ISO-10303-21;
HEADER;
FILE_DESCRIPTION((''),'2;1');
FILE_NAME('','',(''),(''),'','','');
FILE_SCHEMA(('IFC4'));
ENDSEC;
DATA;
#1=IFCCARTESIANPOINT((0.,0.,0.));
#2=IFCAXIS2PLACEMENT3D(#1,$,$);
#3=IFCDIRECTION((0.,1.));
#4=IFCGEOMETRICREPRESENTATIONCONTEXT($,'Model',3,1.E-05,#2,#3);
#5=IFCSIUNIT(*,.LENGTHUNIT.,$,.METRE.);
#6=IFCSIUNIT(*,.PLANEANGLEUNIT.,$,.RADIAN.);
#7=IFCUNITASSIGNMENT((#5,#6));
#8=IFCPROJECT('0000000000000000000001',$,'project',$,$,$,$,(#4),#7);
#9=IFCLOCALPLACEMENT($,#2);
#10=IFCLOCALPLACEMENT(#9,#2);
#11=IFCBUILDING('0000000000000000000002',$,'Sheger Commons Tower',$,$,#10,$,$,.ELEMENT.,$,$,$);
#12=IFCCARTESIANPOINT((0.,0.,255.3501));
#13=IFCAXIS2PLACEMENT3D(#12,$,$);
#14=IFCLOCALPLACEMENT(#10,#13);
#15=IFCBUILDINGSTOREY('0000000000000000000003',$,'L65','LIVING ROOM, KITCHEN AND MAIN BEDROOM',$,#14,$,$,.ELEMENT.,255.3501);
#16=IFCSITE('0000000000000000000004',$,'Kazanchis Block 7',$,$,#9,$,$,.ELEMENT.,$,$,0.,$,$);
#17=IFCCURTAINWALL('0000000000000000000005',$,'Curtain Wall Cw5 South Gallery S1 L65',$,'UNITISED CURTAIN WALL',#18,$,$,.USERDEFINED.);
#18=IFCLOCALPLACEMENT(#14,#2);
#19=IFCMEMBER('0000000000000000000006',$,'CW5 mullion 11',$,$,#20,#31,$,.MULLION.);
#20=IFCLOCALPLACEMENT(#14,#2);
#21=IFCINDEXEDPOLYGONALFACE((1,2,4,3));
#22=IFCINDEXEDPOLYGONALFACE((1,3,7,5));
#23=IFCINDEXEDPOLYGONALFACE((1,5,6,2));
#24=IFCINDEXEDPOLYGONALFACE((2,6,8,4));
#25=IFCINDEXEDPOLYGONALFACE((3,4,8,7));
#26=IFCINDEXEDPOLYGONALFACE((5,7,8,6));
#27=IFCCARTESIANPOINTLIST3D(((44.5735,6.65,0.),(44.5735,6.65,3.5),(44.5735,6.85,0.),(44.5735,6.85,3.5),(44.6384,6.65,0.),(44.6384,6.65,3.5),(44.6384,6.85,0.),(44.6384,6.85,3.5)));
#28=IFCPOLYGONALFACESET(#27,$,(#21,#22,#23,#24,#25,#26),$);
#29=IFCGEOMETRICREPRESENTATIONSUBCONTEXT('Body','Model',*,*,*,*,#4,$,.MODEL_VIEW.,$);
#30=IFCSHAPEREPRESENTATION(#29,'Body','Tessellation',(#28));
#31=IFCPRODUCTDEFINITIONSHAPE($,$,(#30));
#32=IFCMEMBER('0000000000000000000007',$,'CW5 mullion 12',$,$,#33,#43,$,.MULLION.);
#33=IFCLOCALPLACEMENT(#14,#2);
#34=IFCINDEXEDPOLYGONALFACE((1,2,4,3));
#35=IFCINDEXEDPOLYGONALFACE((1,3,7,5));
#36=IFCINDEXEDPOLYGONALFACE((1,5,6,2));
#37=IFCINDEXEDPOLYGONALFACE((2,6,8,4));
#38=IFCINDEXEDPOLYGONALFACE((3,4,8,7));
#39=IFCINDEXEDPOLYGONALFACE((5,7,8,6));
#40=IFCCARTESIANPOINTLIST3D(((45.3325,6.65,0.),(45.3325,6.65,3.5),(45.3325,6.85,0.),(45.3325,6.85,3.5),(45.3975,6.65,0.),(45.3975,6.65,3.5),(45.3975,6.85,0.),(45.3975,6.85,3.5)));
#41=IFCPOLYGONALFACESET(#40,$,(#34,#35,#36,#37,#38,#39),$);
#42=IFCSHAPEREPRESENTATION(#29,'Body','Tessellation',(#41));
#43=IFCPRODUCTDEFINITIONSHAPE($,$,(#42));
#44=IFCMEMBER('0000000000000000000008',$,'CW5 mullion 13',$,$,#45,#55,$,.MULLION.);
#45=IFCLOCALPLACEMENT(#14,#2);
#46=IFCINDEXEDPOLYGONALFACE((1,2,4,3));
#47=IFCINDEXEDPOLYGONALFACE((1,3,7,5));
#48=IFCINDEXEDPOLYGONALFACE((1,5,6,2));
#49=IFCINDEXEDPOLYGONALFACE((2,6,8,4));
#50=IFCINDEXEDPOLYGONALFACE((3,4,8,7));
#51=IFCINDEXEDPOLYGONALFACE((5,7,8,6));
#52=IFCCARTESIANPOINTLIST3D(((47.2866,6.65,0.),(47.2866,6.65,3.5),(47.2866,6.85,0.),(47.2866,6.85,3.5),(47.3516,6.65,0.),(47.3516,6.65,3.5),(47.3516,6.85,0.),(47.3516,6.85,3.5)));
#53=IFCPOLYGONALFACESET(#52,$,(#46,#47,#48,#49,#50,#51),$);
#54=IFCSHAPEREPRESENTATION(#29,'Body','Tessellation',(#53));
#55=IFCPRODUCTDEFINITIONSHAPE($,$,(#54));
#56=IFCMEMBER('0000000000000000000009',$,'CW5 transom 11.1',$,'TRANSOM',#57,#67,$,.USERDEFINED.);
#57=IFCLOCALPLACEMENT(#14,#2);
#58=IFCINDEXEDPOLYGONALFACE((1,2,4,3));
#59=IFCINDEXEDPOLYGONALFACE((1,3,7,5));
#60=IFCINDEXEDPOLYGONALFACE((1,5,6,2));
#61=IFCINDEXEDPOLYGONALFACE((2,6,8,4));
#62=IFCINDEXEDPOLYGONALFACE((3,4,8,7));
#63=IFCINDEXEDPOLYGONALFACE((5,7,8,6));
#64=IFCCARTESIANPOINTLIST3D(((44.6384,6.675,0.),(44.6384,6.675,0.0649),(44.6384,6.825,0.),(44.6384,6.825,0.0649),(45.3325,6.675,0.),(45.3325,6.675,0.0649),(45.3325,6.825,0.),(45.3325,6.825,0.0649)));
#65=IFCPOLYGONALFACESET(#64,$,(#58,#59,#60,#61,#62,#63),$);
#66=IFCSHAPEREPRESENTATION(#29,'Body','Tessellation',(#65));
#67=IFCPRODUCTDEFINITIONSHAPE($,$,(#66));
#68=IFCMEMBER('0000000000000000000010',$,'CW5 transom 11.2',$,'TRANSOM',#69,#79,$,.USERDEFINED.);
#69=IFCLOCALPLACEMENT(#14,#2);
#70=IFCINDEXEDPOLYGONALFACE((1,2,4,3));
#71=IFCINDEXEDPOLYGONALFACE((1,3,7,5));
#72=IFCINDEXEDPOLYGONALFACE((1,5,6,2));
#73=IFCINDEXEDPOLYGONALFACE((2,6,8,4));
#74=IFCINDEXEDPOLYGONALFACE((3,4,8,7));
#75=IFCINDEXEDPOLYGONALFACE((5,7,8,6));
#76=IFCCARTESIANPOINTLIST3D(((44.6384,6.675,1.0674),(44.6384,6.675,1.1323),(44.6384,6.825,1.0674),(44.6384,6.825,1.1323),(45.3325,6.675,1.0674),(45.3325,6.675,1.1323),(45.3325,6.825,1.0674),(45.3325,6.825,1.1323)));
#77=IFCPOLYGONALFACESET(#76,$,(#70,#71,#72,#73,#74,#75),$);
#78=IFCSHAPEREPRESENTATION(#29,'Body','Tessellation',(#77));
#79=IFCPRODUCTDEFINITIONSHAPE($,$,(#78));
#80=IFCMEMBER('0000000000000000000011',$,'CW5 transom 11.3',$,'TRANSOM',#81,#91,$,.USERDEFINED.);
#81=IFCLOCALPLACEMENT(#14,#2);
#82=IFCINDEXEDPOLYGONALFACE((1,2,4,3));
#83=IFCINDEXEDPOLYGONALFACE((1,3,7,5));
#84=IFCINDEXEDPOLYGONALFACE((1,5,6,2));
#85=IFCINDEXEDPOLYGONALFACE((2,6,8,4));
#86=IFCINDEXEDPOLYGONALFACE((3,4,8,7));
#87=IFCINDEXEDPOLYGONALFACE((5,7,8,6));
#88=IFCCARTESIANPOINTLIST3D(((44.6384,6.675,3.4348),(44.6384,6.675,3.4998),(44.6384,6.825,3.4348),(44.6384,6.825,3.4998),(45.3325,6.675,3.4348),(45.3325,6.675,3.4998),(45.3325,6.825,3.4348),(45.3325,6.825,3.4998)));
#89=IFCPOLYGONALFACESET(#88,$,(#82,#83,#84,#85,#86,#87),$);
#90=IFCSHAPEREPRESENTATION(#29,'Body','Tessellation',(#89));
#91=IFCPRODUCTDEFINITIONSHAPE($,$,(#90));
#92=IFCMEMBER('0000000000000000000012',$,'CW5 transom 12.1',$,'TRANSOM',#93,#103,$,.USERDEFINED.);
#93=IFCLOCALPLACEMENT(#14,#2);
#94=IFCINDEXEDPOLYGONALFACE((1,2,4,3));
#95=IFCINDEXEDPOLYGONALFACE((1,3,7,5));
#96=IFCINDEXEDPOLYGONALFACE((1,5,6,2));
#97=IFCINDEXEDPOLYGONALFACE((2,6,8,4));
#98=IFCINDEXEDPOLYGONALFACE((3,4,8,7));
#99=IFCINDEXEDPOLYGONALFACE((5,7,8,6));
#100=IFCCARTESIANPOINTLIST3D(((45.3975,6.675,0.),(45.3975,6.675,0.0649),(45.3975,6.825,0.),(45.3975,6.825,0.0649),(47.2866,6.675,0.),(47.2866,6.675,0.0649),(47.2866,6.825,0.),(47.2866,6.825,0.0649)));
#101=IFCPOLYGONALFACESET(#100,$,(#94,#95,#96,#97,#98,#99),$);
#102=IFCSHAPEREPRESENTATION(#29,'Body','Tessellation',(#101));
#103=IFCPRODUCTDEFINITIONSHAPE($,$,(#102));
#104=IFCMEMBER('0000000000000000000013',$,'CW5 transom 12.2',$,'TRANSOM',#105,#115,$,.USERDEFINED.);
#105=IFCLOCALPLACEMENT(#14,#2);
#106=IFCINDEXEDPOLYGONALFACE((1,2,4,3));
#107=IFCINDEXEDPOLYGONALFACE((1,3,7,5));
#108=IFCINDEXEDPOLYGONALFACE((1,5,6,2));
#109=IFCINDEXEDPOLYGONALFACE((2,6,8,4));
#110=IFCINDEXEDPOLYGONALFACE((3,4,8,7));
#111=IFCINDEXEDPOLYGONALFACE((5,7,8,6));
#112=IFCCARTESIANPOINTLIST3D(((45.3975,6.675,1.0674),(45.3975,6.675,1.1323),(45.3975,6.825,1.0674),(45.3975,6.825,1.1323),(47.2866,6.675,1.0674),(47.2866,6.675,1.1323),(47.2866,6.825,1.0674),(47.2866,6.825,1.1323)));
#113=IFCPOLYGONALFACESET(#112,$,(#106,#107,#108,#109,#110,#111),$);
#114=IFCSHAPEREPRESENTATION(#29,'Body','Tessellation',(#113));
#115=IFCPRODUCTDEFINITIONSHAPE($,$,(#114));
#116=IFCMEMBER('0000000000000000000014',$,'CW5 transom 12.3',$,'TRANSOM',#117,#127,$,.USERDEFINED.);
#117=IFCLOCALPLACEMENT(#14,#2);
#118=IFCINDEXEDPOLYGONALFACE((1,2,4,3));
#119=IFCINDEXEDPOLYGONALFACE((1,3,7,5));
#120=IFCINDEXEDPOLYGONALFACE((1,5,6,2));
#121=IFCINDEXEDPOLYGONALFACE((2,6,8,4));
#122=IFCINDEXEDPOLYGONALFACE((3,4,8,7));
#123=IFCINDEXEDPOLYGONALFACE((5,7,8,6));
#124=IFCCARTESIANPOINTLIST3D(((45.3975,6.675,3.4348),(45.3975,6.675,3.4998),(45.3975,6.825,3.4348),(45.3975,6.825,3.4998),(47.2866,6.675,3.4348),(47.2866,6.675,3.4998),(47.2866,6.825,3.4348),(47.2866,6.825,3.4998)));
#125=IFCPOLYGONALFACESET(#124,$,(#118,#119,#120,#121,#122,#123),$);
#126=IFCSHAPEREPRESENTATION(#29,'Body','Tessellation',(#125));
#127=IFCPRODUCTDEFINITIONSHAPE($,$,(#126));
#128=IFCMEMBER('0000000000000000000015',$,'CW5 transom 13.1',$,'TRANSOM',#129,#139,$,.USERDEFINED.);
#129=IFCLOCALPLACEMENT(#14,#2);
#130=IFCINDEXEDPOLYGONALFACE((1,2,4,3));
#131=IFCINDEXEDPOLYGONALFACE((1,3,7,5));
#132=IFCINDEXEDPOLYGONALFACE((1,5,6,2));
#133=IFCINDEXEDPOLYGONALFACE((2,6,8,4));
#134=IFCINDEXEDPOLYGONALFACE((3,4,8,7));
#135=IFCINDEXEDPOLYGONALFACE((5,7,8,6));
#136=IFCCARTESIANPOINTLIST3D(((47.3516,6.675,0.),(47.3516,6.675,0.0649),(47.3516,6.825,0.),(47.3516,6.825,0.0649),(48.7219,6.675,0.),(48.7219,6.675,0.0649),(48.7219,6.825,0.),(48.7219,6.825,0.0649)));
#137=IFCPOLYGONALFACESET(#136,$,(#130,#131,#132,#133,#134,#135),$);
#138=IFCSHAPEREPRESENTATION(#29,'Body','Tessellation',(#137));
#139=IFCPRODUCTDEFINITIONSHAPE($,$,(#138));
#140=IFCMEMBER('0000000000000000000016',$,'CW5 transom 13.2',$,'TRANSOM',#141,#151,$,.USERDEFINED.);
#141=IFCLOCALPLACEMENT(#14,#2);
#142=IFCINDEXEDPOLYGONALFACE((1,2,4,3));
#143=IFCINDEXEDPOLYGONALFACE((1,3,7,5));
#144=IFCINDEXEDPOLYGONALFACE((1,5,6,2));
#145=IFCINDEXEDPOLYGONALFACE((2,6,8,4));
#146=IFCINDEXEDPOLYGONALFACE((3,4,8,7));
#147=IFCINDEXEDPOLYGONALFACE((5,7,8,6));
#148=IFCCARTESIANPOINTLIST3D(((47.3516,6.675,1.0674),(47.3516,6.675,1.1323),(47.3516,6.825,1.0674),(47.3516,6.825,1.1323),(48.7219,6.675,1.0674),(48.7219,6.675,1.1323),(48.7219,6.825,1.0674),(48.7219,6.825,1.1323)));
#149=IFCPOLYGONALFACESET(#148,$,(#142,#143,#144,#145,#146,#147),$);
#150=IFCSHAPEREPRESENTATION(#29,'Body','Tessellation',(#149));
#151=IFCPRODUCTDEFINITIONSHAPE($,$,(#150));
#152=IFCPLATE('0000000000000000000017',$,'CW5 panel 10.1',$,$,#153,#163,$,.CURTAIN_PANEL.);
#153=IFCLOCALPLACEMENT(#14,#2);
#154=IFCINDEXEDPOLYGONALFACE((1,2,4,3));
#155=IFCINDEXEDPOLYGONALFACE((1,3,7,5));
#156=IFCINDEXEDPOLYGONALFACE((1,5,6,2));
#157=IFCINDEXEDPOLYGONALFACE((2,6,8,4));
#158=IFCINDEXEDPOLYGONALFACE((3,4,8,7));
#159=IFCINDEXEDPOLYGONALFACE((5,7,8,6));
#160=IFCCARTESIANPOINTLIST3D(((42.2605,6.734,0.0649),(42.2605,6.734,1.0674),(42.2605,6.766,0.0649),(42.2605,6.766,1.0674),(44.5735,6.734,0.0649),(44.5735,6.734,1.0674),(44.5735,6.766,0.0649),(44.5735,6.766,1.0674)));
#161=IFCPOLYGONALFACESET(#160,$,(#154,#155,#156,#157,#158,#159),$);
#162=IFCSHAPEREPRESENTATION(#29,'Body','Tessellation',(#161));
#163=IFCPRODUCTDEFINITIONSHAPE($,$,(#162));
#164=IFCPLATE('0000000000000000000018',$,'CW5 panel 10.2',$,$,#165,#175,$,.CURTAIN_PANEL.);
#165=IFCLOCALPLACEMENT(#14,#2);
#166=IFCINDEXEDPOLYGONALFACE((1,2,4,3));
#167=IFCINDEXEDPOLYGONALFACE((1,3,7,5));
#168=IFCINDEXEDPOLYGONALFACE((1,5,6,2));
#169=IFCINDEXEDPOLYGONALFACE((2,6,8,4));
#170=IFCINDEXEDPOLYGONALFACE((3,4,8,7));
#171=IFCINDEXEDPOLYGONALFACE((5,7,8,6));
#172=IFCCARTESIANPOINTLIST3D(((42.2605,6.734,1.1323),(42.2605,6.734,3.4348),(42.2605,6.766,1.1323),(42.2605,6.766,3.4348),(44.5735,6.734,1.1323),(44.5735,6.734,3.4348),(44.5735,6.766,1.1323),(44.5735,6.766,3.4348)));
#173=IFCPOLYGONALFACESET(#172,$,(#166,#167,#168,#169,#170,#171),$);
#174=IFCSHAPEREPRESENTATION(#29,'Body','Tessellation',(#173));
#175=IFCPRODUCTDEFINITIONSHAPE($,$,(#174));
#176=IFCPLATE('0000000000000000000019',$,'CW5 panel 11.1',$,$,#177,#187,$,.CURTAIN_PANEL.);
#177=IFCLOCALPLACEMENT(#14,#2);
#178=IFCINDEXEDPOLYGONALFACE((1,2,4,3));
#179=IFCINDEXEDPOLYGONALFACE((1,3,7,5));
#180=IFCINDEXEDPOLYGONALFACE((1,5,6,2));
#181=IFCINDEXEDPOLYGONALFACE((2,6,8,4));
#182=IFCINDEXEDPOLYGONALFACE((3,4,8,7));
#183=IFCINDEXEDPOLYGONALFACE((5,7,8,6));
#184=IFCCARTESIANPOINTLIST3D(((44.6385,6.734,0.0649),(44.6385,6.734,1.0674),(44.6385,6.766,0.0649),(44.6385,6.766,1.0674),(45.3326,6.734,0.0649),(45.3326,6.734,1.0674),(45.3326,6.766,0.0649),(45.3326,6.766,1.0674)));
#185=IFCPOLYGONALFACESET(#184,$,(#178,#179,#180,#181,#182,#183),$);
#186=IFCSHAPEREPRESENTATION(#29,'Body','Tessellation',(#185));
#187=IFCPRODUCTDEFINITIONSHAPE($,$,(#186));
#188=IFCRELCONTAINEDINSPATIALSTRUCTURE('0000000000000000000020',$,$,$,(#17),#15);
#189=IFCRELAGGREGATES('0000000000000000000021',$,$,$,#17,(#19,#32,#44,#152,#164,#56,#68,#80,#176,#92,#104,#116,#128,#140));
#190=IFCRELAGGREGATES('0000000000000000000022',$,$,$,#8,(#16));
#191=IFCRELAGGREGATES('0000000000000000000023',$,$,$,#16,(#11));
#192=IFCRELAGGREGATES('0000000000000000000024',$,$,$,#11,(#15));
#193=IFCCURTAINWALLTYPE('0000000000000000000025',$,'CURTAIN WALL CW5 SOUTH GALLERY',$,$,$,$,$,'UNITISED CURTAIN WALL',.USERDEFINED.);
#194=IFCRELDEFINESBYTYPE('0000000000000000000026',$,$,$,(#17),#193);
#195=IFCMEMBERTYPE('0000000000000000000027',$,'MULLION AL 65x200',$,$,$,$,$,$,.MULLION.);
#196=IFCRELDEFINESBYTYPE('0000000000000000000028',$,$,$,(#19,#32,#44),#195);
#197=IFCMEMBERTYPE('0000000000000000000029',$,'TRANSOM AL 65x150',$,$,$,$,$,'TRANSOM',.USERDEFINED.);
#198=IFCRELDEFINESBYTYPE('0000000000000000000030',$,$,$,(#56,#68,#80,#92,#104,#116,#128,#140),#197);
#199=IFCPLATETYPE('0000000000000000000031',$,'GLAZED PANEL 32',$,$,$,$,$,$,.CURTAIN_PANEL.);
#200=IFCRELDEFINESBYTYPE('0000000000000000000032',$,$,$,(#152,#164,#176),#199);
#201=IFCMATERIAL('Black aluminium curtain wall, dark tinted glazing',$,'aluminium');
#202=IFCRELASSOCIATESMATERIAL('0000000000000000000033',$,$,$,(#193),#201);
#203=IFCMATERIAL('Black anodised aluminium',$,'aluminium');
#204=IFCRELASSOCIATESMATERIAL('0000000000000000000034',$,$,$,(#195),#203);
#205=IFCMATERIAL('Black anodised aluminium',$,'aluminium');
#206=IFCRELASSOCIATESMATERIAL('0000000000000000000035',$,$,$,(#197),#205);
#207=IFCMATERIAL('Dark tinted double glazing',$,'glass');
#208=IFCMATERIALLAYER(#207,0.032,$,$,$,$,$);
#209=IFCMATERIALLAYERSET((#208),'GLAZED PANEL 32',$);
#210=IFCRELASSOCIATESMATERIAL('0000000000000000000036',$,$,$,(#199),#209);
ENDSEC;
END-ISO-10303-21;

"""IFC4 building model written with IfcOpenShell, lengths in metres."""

from ifc_helpers import new_model, si_unit, direction, frame, origin, origin_2d, place, context, subcontext, project, spatial, rectangle, extrude, material, layer, layer_set, material_profile, profile_set, type_object, element, aggregate, save


model = new_model("IFC4")

# Units and contexts
model_context = context("Model", 3, precision=1e-05, world=origin(), true_north=direction((0.0, 1.0)))
body_context = subcontext(model_context, "Body", "Model", "MODEL_VIEW")
ifc_project = project(units=[si_unit("LENGTHUNIT", "METRE"), si_unit("PLANEANGLEUNIT", "RADIAN")], contexts=[model_context])

# Site, building, storey
site_placement = place(None, origin())
site = spatial("IfcSite", under=ifc_project, at=site_placement, Name="Kazanchis Block 7", CompositionType="ELEMENT", RefElevation=0.0)
building_placement = place(site_placement, origin())
building = spatial("IfcBuilding", under=site, at=building_placement, Name="Sheger Commons Tower", CompositionType="ELEMENT")
storey_placement = place(building_placement, frame((0.0, 0.0, 255.3501)))
storey = spatial("IfcBuildingStorey", under=building, at=storey_placement, Name="L65", Description="LIVING ROOM, KITCHEN AND MAIN BEDROOM", CompositionType="ELEMENT", Elevation=255.3501)

# Curtain wall, members, plates
ifc_material_1 = material(Name="Black aluminium curtain wall, dark tinted glazing", Category="aluminium")
curtain_wall_type = type_object("IfcCurtainWallType", Name="CURTAIN WALL CW5 SOUTH GALLERY", ElementType="UNITISED CURTAIN WALL", PredefinedType="USERDEFINED", material=ifc_material_1)
curtain_wall_placement = place(storey_placement, origin())
curtain_wall = element("IfcCurtainWall", 1, at=curtain_wall_placement, inside=storey, type_object=curtain_wall_type, Name="Curtain Wall Cw5 South Gallery S1 L65", ObjectType="UNITISED CURTAIN WALL", PredefinedType="USERDEFINED")
ifc_material_2 = material(Name="Black anodised aluminium", Category="aluminium")
ifc_material_profile_1 = material_profile(ifc_material_2, rectangle(XDim=0.2, YDim=0.0649, at=origin_2d()), Name="AL 65x200")
ifc_profile_set_1 = profile_set([ifc_material_profile_1], Name="Black anodised aluminium")
member_type_1 = type_object("IfcMemberType", Name="MULLION AL 65x200", PredefinedType="MULLION", material=ifc_profile_set_1)
member_1_placement = place(storey_placement, frame((44.606, 6.75, 0.0), z_axis=(0.0, 0.0, 1.0), x_axis=(0.0, 1.0, 0.0)))
member_1 = element("IfcMember", 2, at=member_1_placement, type_object=member_type_1, Name="CW5 mullion 11", PredefinedType="MULLION", context=body_context, shape_type="SweptSolid", body=[
    extrude(rectangle(XDim=0.2, YDim=0.0649, at=origin_2d()), origin(), (0.0, 0.0, 1.0), 3.5),
])
member_2_placement = place(storey_placement, frame((45.365, 6.75, 0.0), z_axis=(0.0, 0.0, 1.0), x_axis=(0.0, 1.0, 0.0)))
member_2 = element("IfcMember", 3, at=member_2_placement, type_object=member_type_1, Name="CW5 mullion 12", PredefinedType="MULLION", context=body_context, shape_type="SweptSolid", body=[
    extrude(rectangle(XDim=0.2, YDim=0.0649, at=origin_2d()), origin(), (0.0, 0.0, 1.0), 3.5),
])
member_3_placement = place(storey_placement, frame((47.3191, 6.75, 0.0), z_axis=(0.0, 0.0, 1.0), x_axis=(0.0, 1.0, 0.0)))
member_3 = element("IfcMember", 4, at=member_3_placement, type_object=member_type_1, Name="CW5 mullion 13", PredefinedType="MULLION", context=body_context, shape_type="SweptSolid", body=[
    extrude(rectangle(XDim=0.2, YDim=0.0649, at=origin_2d()), origin(), (0.0, 0.0, 1.0), 3.5),
])
ifc_material_3 = material(Name="Black anodised aluminium", Category="aluminium")
ifc_material_profile_2 = material_profile(ifc_material_3, rectangle(XDim=0.1499, YDim=0.0649, at=origin_2d()), Name="AL 65x150")
ifc_profile_set_2 = profile_set([ifc_material_profile_2], Name="Black anodised aluminium")
member_type_2 = type_object("IfcMemberType", Name="TRANSOM AL 65x150", ElementType="TRANSOM", PredefinedType="USERDEFINED", material=ifc_profile_set_2)
member_4_placement = place(storey_placement, frame((44.6384, 6.75, 0.0325), z_axis=(1.0, 0.0, 0.0), x_axis=(0.0, 1.0, 0.0)))
member_4 = element("IfcMember", 5, at=member_4_placement, type_object=member_type_2, Name="CW5 transom 11.1", ObjectType="TRANSOM", PredefinedType="USERDEFINED", context=body_context, shape_type="SweptSolid", body=[
    extrude(rectangle(XDim=0.1499, YDim=0.0649, at=origin_2d()), origin(), (0.0, 0.0, 1.0), 0.6941),
])
member_5_placement = place(storey_placement, frame((44.6384, 6.75, 1.0999), z_axis=(1.0, 0.0, 0.0), x_axis=(0.0, 1.0, 0.0)))
member_5 = element("IfcMember", 6, at=member_5_placement, type_object=member_type_2, Name="CW5 transom 11.2", ObjectType="TRANSOM", PredefinedType="USERDEFINED", context=body_context, shape_type="SweptSolid", body=[
    extrude(rectangle(XDim=0.1499, YDim=0.0649, at=origin_2d()), origin(), (0.0, 0.0, 1.0), 0.6941),
])
member_6_placement = place(storey_placement, frame((44.6384, 6.75, 3.4673), z_axis=(1.0, 0.0, 0.0), x_axis=(0.0, 1.0, 0.0)))
member_6 = element("IfcMember", 7, at=member_6_placement, type_object=member_type_2, Name="CW5 transom 11.3", ObjectType="TRANSOM", PredefinedType="USERDEFINED", context=body_context, shape_type="SweptSolid", body=[
    extrude(rectangle(XDim=0.1499, YDim=0.0649, at=origin_2d()), origin(), (0.0, 0.0, 1.0), 0.6941),
])
member_7_placement = place(storey_placement, frame((45.3975, 6.75, 0.0325), z_axis=(1.0, 0.0, 0.0), x_axis=(0.0, 1.0, 0.0)))
member_7 = element("IfcMember", 8, at=member_7_placement, type_object=member_type_2, Name="CW5 transom 12.1", ObjectType="TRANSOM", PredefinedType="USERDEFINED", context=body_context, shape_type="SweptSolid", body=[
    extrude(rectangle(XDim=0.1499, YDim=0.0649, at=origin_2d()), origin(), (0.0, 0.0, 1.0), 1.8892),
])
member_8_placement = place(storey_placement, frame((45.3975, 6.75, 1.0999), z_axis=(1.0, 0.0, 0.0), x_axis=(0.0, 1.0, 0.0)))
member_8 = element("IfcMember", 9, at=member_8_placement, type_object=member_type_2, Name="CW5 transom 12.2", ObjectType="TRANSOM", PredefinedType="USERDEFINED", context=body_context, shape_type="SweptSolid", body=[
    extrude(rectangle(XDim=0.1499, YDim=0.0649, at=origin_2d()), origin(), (0.0, 0.0, 1.0), 1.8892),
])
member_9_placement = place(storey_placement, frame((45.3975, 6.75, 3.4673), z_axis=(1.0, 0.0, 0.0), x_axis=(0.0, 1.0, 0.0)))
member_9 = element("IfcMember", 10, at=member_9_placement, type_object=member_type_2, Name="CW5 transom 12.3", ObjectType="TRANSOM", PredefinedType="USERDEFINED", context=body_context, shape_type="SweptSolid", body=[
    extrude(rectangle(XDim=0.1499, YDim=0.0649, at=origin_2d()), origin(), (0.0, 0.0, 1.0), 1.8892),
])
member_10_placement = place(storey_placement, frame((47.3516, 6.75, 0.0325), z_axis=(1.0, 0.0, 0.0), x_axis=(0.0, 1.0, 0.0)))
member_10 = element("IfcMember", 11, at=member_10_placement, type_object=member_type_2, Name="CW5 transom 13.1", ObjectType="TRANSOM", PredefinedType="USERDEFINED", context=body_context, shape_type="SweptSolid", body=[
    extrude(rectangle(XDim=0.1499, YDim=0.0649, at=origin_2d()), origin(), (0.0, 0.0, 1.0), 1.3704),
])
member_11_placement = place(storey_placement, frame((47.3516, 6.75, 1.0999), z_axis=(1.0, 0.0, 0.0), x_axis=(0.0, 1.0, 0.0)))
member_11 = element("IfcMember", 12, at=member_11_placement, type_object=member_type_2, Name="CW5 transom 13.2", ObjectType="TRANSOM", PredefinedType="USERDEFINED", context=body_context, shape_type="SweptSolid", body=[
    extrude(rectangle(XDim=0.1499, YDim=0.0649, at=origin_2d()), origin(), (0.0, 0.0, 1.0), 1.3704),
])
ifc_material_4 = material(Name="Dark tinted double glazing", Category="glass")
ifc_layer_1 = layer(ifc_material_4, 0.032)
ifc_layer_set_1 = layer_set([ifc_layer_1], Name="GLAZED PANEL 32")
plate_type_1 = type_object("IfcPlateType", Name="GLAZED PANEL 32", PredefinedType="CURTAIN_PANEL", material=ifc_layer_set_1)
plate_1_placement = place(storey_placement, frame((43.417, 6.75, 0.0649), z_axis=(0.0, 0.0, 1.0), x_axis=(1.0, 0.0, 0.0)))
plate_1 = element("IfcPlate", 13, at=plate_1_placement, type_object=plate_type_1, Name="CW5 panel 10.1", PredefinedType="CURTAIN_PANEL", context=body_context, shape_type="SweptSolid", body=[
    extrude(rectangle(XDim=2.313, YDim=0.032, at=origin_2d()), origin(), (0.0, 0.0, 1.0), 1.0024),
])
plate_2_placement = place(storey_placement, frame((43.417, 6.75, 1.1323), z_axis=(0.0, 0.0, 1.0), x_axis=(1.0, 0.0, 0.0)))
plate_2 = element("IfcPlate", 14, at=plate_2_placement, type_object=plate_type_1, Name="CW5 panel 10.2", PredefinedType="CURTAIN_PANEL", context=body_context, shape_type="SweptSolid", body=[
    extrude(rectangle(XDim=2.313, YDim=0.032, at=origin_2d()), origin(), (0.0, 0.0, 1.0), 2.3025),
])
plate_3_placement = place(storey_placement, frame((44.9856, 6.75, 0.0649), z_axis=(0.0, 0.0, 1.0), x_axis=(1.0, 0.0, 0.0)))
plate_3 = element("IfcPlate", 15, at=plate_3_placement, type_object=plate_type_1, Name="CW5 panel 11.1", PredefinedType="CURTAIN_PANEL", context=body_context, shape_type="SweptSolid", body=[
    extrude(rectangle(XDim=0.6941, YDim=0.032, at=origin_2d()), origin(), (0.0, 0.0, 1.0), 1.0024),
])
aggregate(curtain_wall, [member_1, member_2, member_3, plate_1, plate_2, member_4, member_5, member_6, plate_3, member_7, member_8, member_9, member_10, member_11])

save(model, "model.ifc")
